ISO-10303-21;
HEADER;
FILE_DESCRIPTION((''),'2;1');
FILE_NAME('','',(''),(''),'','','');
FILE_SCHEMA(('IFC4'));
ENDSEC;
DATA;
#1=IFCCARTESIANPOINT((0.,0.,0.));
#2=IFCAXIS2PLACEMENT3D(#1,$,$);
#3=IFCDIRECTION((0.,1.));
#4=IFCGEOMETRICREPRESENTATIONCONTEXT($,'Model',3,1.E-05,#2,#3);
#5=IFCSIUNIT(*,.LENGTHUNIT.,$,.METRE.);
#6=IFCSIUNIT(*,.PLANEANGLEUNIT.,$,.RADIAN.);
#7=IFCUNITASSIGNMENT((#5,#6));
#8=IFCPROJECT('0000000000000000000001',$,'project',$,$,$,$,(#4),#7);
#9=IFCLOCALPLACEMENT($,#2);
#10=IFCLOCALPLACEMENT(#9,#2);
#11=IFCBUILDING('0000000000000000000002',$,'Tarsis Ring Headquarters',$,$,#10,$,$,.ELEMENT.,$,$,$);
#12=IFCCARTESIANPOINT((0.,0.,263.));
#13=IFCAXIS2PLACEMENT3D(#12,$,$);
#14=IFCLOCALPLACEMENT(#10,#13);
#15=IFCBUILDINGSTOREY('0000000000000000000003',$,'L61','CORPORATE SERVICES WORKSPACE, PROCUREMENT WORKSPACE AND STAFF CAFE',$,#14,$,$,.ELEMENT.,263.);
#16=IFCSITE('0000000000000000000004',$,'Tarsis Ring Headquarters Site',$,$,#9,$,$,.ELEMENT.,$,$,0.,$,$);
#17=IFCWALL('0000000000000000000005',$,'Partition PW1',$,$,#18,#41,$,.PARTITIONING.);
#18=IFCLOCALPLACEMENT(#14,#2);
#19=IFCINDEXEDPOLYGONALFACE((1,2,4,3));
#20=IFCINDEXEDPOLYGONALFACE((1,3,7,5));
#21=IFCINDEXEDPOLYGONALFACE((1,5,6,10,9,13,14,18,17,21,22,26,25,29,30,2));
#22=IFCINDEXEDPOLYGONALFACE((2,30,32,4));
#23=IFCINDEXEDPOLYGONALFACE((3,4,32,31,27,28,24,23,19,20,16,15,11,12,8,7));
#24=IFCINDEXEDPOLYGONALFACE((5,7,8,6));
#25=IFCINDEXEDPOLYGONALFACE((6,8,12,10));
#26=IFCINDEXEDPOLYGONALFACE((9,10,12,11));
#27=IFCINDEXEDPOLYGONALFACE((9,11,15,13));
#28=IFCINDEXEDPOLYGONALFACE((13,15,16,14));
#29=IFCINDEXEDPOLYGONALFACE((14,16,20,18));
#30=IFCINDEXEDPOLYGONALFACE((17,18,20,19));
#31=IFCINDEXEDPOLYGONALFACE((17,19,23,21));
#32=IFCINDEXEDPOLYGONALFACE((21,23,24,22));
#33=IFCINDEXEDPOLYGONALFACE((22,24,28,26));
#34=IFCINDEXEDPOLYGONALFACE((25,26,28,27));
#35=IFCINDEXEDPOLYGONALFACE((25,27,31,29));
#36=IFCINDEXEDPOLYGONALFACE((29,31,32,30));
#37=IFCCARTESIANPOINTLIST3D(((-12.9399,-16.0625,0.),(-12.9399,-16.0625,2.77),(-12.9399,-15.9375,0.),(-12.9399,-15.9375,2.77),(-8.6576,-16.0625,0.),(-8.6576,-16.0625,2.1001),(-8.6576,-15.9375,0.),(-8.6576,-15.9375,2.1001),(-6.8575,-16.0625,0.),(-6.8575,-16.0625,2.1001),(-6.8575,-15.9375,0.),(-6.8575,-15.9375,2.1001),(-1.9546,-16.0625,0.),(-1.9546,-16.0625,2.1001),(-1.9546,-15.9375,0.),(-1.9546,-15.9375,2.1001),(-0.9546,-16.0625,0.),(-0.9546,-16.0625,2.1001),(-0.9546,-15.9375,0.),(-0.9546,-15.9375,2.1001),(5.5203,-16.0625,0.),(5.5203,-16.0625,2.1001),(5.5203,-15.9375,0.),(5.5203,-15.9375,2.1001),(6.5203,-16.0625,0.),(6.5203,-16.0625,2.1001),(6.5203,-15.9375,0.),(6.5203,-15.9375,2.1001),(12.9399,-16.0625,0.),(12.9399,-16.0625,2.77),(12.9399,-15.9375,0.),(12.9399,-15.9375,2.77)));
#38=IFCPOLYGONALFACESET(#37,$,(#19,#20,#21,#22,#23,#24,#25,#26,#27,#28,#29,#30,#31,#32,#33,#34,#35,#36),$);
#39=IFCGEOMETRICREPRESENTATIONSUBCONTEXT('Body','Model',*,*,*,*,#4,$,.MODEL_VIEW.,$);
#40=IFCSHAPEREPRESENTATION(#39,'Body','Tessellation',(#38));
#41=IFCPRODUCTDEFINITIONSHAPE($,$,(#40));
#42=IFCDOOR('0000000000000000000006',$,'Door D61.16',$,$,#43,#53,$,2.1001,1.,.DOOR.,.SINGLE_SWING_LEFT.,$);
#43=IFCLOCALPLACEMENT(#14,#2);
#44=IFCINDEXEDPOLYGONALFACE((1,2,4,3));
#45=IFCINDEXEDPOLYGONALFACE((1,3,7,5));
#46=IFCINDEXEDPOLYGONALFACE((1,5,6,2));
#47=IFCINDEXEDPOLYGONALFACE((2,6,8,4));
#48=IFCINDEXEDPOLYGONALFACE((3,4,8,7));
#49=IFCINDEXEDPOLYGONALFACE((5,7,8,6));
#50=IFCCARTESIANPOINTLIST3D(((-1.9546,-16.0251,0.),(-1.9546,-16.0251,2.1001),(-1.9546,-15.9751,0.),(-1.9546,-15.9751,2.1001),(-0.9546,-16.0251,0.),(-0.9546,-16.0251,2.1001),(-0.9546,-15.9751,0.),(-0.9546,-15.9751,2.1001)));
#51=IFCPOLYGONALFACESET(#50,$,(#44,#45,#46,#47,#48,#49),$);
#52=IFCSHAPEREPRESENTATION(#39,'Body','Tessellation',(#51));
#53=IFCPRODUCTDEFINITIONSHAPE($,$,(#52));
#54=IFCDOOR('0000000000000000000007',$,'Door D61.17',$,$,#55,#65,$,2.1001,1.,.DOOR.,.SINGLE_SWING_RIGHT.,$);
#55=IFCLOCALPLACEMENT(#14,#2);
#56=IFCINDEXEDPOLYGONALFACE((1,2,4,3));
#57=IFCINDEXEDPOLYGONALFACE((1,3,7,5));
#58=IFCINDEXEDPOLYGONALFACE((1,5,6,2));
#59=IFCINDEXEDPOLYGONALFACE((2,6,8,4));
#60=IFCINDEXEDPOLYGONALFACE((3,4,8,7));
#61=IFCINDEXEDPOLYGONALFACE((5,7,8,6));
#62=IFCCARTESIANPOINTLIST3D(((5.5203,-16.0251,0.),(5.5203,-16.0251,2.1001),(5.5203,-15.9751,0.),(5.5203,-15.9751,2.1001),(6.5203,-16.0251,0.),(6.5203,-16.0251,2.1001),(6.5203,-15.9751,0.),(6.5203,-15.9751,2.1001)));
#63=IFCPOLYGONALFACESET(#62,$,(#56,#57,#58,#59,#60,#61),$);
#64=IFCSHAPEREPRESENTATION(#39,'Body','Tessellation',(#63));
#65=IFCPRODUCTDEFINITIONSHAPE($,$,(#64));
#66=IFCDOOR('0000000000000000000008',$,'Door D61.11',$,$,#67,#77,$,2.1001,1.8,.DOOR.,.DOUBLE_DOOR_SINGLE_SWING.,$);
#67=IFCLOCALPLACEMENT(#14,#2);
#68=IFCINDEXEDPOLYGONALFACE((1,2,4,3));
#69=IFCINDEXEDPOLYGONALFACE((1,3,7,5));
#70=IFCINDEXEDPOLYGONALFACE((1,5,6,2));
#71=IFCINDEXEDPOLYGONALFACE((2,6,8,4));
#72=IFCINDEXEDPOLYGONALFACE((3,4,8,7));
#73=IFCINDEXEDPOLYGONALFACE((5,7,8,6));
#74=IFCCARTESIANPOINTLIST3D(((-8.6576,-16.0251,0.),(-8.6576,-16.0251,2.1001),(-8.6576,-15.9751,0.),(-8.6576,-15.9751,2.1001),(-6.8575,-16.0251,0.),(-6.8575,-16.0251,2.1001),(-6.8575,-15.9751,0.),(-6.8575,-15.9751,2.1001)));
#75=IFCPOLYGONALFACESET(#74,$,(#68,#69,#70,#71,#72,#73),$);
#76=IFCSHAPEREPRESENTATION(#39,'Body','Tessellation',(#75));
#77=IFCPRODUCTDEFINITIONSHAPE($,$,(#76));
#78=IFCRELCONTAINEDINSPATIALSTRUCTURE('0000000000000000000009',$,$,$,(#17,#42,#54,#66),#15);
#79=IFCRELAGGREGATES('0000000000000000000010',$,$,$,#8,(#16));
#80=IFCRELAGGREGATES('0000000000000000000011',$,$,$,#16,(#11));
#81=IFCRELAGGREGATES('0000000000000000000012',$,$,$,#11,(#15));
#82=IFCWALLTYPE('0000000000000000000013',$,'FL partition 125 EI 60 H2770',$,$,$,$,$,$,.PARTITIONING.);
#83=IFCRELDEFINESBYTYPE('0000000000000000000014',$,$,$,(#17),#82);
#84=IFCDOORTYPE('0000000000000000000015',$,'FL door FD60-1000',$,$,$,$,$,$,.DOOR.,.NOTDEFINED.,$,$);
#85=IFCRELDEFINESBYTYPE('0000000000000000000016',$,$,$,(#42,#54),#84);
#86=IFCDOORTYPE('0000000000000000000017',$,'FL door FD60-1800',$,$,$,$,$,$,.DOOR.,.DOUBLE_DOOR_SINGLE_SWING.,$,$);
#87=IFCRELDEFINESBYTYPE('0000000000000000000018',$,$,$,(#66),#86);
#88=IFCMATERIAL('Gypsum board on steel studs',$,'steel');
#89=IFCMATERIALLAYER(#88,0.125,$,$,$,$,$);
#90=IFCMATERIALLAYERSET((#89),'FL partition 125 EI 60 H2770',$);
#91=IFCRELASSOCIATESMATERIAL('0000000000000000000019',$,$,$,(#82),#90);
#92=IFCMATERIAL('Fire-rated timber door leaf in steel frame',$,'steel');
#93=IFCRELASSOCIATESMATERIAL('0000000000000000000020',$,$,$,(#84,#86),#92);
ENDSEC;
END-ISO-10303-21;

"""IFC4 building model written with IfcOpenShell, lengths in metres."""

from ifc_helpers import new_model, si_unit, direction, frame, frame_2d, origin, place, context, subcontext, project, spatial, rectangle, extrude, material, layer, layer_set, type_object, element, fill, save


model = new_model("IFC4")

# Units and contexts
model_context = context("Model", 3, precision=1e-05, world=origin(), true_north=direction((0.0, 1.0)))
body_context = subcontext(model_context, "Body", "Model", "MODEL_VIEW")
ifc_project = project(units=[si_unit("LENGTHUNIT", "METRE"), si_unit("PLANEANGLEUNIT", "RADIAN")], contexts=[model_context])

# Site, building, storey
site_placement = place(None, origin())
site = spatial("IfcSite", under=ifc_project, at=site_placement, Name="Tarsis Ring Headquarters Site", CompositionType="ELEMENT", RefElevation=0.0)
building_placement = place(site_placement, origin())
building = spatial("IfcBuilding", under=site, at=building_placement, Name="Tarsis Ring Headquarters", CompositionType="ELEMENT")
storey_placement = place(building_placement, frame((0.0, 0.0, 263.0)))
storey = spatial("IfcBuildingStorey", under=building, at=storey_placement, Name="L61", Description="CORPORATE SERVICES WORKSPACE, PROCUREMENT WORKSPACE AND STAFF CAFE", CompositionType="ELEMENT", Elevation=263.0)

# Wall, openings, doors
ifc_material_1 = material(Name="Gypsum board on steel studs", Category="steel")
ifc_layer_1 = layer(ifc_material_1, 0.125)
ifc_layer_set_1 = layer_set([ifc_layer_1], Name="FL partition 125 EI 60 H2770")
wall_type_1 = type_object("IfcWallType", Name="FL partition 125 EI 60 H2770", PredefinedType="PARTITIONING", material=ifc_layer_set_1)
ifc_material_2 = material(Name="Fire-rated timber door leaf in steel frame", Category="steel")
door_type_1 = type_object("IfcDoorType", Name="FL door FD60-1000", OperationType="NOTDEFINED", PredefinedType="DOOR", material=ifc_material_2)
door_type_2 = type_object("IfcDoorType", Name="FL door FD60-1800", OperationType="DOUBLE_DOOR_SINGLE_SWING", PredefinedType="DOOR", material=ifc_material_2)
wall_1_placement = place(storey_placement, frame((-12.9399, -16.0, 0.0), z_axis=(0.0, 0.0, 1.0), x_axis=(1.0, 0.0, 0.0)))
wall_1 = element("IfcWall", 1, at=wall_1_placement, inside=storey, type_object=wall_type_1, Name="Partition PW1", PredefinedType="PARTITIONING", context=body_context, shape_type="SweptSolid", body=[
    extrude(rectangle(XDim=25.8799, YDim=0.125, at=frame_2d((12.9399, 0.0))), origin(), (0.0, 0.0, 1.0), 2.77),
])
opening_1_placement = place(wall_1_placement, frame((4.2825, 0.0, 0.0)))
opening_1 = element("IfcOpeningElement", 2, at=opening_1_placement, cuts=wall_1, PredefinedType="OPENING", context=body_context, shape_type="SweptSolid", body=[
    extrude(rectangle(XDim=1.8, YDim=2.1001, at=frame_2d((0.8999, 1.05))), frame((0.0, 0.0725, 0.0), z_axis=(0.0, -1.0, 0.0), x_axis=(1.0, 0.0, 0.0)), (0.0, 0.0, 1.0), 0.145),
])
opening_2_placement = place(wall_1_placement, frame((10.9854, 0.0, 0.0)))
opening_2 = element("IfcOpeningElement", 3, at=opening_2_placement, cuts=wall_1, PredefinedType="OPENING", context=body_context, shape_type="SweptSolid", body=[
    extrude(rectangle(XDim=1.0, YDim=2.1001, at=frame_2d((0.5, 1.05))), frame((0.0, 0.0725, 0.0), z_axis=(0.0, -1.0, 0.0), x_axis=(1.0, 0.0, 0.0)), (0.0, 0.0, 1.0), 0.145),
])
opening_3_placement = place(wall_1_placement, frame((18.4602, 0.0, 0.0)))
opening_3 = element("IfcOpeningElement", 4, at=opening_3_placement, cuts=wall_1, PredefinedType="OPENING", context=body_context, shape_type="SweptSolid", body=[
    extrude(rectangle(XDim=1.0, YDim=2.1001, at=frame_2d((0.5, 1.05))), frame((0.0, 0.0725, 0.0), z_axis=(0.0, -1.0, 0.0), x_axis=(1.0, 0.0, 0.0)), (0.0, 0.0, 1.0), 0.145),
])
door_1_placement = place(opening_2_placement, origin())
door_1 = element("IfcDoor", 5, at=door_1_placement, inside=storey, type_object=door_type_1, Name="Door D61.16", OperationType="SINGLE_SWING_LEFT", OverallHeight=2.1001, OverallWidth=1.0, PredefinedType="DOOR", context=body_context, shape_type="SweptSolid", body=[
    extrude(rectangle(XDim=1.0, YDim=2.1001, at=frame_2d((0.5, 1.05))), frame((0.0, 0.0249, 0.0), z_axis=(0.0, -1.0, 0.0), x_axis=(1.0, 0.0, 0.0)), (0.0, 0.0, 1.0), 0.05),
])
fill(opening_2, door_1)
door_2_placement = place(opening_3_placement, origin())
door_2 = element("IfcDoor", 6, at=door_2_placement, inside=storey, type_object=door_type_1, Name="Door D61.17", OperationType="SINGLE_SWING_RIGHT", OverallHeight=2.1001, OverallWidth=1.0, PredefinedType="DOOR", context=body_context, shape_type="SweptSolid", body=[
    extrude(rectangle(XDim=1.0, YDim=2.1001, at=frame_2d((0.5, 1.05))), frame((0.0, 0.0249, 0.0), z_axis=(0.0, -1.0, 0.0), x_axis=(1.0, 0.0, 0.0)), (0.0, 0.0, 1.0), 0.05),
])
fill(opening_3, door_2)
door_3_placement = place(opening_1_placement, origin())
door_3 = element("IfcDoor", 7, at=door_3_placement, inside=storey, type_object=door_type_2, Name="Door D61.11", OperationType="DOUBLE_DOOR_SINGLE_SWING", OverallHeight=2.1001, OverallWidth=1.8, PredefinedType="DOOR", context=body_context, shape_type="SweptSolid", body=[
    extrude(rectangle(XDim=1.8, YDim=2.1001, at=frame_2d((0.8999, 1.05))), frame((0.0, 0.0249, 0.0), z_axis=(0.0, -1.0, 0.0), x_axis=(1.0, 0.0, 0.0)), (0.0, 0.0, 1.0), 0.05),
])
fill(opening_1, door_3)

save(model, "model.ifc")
